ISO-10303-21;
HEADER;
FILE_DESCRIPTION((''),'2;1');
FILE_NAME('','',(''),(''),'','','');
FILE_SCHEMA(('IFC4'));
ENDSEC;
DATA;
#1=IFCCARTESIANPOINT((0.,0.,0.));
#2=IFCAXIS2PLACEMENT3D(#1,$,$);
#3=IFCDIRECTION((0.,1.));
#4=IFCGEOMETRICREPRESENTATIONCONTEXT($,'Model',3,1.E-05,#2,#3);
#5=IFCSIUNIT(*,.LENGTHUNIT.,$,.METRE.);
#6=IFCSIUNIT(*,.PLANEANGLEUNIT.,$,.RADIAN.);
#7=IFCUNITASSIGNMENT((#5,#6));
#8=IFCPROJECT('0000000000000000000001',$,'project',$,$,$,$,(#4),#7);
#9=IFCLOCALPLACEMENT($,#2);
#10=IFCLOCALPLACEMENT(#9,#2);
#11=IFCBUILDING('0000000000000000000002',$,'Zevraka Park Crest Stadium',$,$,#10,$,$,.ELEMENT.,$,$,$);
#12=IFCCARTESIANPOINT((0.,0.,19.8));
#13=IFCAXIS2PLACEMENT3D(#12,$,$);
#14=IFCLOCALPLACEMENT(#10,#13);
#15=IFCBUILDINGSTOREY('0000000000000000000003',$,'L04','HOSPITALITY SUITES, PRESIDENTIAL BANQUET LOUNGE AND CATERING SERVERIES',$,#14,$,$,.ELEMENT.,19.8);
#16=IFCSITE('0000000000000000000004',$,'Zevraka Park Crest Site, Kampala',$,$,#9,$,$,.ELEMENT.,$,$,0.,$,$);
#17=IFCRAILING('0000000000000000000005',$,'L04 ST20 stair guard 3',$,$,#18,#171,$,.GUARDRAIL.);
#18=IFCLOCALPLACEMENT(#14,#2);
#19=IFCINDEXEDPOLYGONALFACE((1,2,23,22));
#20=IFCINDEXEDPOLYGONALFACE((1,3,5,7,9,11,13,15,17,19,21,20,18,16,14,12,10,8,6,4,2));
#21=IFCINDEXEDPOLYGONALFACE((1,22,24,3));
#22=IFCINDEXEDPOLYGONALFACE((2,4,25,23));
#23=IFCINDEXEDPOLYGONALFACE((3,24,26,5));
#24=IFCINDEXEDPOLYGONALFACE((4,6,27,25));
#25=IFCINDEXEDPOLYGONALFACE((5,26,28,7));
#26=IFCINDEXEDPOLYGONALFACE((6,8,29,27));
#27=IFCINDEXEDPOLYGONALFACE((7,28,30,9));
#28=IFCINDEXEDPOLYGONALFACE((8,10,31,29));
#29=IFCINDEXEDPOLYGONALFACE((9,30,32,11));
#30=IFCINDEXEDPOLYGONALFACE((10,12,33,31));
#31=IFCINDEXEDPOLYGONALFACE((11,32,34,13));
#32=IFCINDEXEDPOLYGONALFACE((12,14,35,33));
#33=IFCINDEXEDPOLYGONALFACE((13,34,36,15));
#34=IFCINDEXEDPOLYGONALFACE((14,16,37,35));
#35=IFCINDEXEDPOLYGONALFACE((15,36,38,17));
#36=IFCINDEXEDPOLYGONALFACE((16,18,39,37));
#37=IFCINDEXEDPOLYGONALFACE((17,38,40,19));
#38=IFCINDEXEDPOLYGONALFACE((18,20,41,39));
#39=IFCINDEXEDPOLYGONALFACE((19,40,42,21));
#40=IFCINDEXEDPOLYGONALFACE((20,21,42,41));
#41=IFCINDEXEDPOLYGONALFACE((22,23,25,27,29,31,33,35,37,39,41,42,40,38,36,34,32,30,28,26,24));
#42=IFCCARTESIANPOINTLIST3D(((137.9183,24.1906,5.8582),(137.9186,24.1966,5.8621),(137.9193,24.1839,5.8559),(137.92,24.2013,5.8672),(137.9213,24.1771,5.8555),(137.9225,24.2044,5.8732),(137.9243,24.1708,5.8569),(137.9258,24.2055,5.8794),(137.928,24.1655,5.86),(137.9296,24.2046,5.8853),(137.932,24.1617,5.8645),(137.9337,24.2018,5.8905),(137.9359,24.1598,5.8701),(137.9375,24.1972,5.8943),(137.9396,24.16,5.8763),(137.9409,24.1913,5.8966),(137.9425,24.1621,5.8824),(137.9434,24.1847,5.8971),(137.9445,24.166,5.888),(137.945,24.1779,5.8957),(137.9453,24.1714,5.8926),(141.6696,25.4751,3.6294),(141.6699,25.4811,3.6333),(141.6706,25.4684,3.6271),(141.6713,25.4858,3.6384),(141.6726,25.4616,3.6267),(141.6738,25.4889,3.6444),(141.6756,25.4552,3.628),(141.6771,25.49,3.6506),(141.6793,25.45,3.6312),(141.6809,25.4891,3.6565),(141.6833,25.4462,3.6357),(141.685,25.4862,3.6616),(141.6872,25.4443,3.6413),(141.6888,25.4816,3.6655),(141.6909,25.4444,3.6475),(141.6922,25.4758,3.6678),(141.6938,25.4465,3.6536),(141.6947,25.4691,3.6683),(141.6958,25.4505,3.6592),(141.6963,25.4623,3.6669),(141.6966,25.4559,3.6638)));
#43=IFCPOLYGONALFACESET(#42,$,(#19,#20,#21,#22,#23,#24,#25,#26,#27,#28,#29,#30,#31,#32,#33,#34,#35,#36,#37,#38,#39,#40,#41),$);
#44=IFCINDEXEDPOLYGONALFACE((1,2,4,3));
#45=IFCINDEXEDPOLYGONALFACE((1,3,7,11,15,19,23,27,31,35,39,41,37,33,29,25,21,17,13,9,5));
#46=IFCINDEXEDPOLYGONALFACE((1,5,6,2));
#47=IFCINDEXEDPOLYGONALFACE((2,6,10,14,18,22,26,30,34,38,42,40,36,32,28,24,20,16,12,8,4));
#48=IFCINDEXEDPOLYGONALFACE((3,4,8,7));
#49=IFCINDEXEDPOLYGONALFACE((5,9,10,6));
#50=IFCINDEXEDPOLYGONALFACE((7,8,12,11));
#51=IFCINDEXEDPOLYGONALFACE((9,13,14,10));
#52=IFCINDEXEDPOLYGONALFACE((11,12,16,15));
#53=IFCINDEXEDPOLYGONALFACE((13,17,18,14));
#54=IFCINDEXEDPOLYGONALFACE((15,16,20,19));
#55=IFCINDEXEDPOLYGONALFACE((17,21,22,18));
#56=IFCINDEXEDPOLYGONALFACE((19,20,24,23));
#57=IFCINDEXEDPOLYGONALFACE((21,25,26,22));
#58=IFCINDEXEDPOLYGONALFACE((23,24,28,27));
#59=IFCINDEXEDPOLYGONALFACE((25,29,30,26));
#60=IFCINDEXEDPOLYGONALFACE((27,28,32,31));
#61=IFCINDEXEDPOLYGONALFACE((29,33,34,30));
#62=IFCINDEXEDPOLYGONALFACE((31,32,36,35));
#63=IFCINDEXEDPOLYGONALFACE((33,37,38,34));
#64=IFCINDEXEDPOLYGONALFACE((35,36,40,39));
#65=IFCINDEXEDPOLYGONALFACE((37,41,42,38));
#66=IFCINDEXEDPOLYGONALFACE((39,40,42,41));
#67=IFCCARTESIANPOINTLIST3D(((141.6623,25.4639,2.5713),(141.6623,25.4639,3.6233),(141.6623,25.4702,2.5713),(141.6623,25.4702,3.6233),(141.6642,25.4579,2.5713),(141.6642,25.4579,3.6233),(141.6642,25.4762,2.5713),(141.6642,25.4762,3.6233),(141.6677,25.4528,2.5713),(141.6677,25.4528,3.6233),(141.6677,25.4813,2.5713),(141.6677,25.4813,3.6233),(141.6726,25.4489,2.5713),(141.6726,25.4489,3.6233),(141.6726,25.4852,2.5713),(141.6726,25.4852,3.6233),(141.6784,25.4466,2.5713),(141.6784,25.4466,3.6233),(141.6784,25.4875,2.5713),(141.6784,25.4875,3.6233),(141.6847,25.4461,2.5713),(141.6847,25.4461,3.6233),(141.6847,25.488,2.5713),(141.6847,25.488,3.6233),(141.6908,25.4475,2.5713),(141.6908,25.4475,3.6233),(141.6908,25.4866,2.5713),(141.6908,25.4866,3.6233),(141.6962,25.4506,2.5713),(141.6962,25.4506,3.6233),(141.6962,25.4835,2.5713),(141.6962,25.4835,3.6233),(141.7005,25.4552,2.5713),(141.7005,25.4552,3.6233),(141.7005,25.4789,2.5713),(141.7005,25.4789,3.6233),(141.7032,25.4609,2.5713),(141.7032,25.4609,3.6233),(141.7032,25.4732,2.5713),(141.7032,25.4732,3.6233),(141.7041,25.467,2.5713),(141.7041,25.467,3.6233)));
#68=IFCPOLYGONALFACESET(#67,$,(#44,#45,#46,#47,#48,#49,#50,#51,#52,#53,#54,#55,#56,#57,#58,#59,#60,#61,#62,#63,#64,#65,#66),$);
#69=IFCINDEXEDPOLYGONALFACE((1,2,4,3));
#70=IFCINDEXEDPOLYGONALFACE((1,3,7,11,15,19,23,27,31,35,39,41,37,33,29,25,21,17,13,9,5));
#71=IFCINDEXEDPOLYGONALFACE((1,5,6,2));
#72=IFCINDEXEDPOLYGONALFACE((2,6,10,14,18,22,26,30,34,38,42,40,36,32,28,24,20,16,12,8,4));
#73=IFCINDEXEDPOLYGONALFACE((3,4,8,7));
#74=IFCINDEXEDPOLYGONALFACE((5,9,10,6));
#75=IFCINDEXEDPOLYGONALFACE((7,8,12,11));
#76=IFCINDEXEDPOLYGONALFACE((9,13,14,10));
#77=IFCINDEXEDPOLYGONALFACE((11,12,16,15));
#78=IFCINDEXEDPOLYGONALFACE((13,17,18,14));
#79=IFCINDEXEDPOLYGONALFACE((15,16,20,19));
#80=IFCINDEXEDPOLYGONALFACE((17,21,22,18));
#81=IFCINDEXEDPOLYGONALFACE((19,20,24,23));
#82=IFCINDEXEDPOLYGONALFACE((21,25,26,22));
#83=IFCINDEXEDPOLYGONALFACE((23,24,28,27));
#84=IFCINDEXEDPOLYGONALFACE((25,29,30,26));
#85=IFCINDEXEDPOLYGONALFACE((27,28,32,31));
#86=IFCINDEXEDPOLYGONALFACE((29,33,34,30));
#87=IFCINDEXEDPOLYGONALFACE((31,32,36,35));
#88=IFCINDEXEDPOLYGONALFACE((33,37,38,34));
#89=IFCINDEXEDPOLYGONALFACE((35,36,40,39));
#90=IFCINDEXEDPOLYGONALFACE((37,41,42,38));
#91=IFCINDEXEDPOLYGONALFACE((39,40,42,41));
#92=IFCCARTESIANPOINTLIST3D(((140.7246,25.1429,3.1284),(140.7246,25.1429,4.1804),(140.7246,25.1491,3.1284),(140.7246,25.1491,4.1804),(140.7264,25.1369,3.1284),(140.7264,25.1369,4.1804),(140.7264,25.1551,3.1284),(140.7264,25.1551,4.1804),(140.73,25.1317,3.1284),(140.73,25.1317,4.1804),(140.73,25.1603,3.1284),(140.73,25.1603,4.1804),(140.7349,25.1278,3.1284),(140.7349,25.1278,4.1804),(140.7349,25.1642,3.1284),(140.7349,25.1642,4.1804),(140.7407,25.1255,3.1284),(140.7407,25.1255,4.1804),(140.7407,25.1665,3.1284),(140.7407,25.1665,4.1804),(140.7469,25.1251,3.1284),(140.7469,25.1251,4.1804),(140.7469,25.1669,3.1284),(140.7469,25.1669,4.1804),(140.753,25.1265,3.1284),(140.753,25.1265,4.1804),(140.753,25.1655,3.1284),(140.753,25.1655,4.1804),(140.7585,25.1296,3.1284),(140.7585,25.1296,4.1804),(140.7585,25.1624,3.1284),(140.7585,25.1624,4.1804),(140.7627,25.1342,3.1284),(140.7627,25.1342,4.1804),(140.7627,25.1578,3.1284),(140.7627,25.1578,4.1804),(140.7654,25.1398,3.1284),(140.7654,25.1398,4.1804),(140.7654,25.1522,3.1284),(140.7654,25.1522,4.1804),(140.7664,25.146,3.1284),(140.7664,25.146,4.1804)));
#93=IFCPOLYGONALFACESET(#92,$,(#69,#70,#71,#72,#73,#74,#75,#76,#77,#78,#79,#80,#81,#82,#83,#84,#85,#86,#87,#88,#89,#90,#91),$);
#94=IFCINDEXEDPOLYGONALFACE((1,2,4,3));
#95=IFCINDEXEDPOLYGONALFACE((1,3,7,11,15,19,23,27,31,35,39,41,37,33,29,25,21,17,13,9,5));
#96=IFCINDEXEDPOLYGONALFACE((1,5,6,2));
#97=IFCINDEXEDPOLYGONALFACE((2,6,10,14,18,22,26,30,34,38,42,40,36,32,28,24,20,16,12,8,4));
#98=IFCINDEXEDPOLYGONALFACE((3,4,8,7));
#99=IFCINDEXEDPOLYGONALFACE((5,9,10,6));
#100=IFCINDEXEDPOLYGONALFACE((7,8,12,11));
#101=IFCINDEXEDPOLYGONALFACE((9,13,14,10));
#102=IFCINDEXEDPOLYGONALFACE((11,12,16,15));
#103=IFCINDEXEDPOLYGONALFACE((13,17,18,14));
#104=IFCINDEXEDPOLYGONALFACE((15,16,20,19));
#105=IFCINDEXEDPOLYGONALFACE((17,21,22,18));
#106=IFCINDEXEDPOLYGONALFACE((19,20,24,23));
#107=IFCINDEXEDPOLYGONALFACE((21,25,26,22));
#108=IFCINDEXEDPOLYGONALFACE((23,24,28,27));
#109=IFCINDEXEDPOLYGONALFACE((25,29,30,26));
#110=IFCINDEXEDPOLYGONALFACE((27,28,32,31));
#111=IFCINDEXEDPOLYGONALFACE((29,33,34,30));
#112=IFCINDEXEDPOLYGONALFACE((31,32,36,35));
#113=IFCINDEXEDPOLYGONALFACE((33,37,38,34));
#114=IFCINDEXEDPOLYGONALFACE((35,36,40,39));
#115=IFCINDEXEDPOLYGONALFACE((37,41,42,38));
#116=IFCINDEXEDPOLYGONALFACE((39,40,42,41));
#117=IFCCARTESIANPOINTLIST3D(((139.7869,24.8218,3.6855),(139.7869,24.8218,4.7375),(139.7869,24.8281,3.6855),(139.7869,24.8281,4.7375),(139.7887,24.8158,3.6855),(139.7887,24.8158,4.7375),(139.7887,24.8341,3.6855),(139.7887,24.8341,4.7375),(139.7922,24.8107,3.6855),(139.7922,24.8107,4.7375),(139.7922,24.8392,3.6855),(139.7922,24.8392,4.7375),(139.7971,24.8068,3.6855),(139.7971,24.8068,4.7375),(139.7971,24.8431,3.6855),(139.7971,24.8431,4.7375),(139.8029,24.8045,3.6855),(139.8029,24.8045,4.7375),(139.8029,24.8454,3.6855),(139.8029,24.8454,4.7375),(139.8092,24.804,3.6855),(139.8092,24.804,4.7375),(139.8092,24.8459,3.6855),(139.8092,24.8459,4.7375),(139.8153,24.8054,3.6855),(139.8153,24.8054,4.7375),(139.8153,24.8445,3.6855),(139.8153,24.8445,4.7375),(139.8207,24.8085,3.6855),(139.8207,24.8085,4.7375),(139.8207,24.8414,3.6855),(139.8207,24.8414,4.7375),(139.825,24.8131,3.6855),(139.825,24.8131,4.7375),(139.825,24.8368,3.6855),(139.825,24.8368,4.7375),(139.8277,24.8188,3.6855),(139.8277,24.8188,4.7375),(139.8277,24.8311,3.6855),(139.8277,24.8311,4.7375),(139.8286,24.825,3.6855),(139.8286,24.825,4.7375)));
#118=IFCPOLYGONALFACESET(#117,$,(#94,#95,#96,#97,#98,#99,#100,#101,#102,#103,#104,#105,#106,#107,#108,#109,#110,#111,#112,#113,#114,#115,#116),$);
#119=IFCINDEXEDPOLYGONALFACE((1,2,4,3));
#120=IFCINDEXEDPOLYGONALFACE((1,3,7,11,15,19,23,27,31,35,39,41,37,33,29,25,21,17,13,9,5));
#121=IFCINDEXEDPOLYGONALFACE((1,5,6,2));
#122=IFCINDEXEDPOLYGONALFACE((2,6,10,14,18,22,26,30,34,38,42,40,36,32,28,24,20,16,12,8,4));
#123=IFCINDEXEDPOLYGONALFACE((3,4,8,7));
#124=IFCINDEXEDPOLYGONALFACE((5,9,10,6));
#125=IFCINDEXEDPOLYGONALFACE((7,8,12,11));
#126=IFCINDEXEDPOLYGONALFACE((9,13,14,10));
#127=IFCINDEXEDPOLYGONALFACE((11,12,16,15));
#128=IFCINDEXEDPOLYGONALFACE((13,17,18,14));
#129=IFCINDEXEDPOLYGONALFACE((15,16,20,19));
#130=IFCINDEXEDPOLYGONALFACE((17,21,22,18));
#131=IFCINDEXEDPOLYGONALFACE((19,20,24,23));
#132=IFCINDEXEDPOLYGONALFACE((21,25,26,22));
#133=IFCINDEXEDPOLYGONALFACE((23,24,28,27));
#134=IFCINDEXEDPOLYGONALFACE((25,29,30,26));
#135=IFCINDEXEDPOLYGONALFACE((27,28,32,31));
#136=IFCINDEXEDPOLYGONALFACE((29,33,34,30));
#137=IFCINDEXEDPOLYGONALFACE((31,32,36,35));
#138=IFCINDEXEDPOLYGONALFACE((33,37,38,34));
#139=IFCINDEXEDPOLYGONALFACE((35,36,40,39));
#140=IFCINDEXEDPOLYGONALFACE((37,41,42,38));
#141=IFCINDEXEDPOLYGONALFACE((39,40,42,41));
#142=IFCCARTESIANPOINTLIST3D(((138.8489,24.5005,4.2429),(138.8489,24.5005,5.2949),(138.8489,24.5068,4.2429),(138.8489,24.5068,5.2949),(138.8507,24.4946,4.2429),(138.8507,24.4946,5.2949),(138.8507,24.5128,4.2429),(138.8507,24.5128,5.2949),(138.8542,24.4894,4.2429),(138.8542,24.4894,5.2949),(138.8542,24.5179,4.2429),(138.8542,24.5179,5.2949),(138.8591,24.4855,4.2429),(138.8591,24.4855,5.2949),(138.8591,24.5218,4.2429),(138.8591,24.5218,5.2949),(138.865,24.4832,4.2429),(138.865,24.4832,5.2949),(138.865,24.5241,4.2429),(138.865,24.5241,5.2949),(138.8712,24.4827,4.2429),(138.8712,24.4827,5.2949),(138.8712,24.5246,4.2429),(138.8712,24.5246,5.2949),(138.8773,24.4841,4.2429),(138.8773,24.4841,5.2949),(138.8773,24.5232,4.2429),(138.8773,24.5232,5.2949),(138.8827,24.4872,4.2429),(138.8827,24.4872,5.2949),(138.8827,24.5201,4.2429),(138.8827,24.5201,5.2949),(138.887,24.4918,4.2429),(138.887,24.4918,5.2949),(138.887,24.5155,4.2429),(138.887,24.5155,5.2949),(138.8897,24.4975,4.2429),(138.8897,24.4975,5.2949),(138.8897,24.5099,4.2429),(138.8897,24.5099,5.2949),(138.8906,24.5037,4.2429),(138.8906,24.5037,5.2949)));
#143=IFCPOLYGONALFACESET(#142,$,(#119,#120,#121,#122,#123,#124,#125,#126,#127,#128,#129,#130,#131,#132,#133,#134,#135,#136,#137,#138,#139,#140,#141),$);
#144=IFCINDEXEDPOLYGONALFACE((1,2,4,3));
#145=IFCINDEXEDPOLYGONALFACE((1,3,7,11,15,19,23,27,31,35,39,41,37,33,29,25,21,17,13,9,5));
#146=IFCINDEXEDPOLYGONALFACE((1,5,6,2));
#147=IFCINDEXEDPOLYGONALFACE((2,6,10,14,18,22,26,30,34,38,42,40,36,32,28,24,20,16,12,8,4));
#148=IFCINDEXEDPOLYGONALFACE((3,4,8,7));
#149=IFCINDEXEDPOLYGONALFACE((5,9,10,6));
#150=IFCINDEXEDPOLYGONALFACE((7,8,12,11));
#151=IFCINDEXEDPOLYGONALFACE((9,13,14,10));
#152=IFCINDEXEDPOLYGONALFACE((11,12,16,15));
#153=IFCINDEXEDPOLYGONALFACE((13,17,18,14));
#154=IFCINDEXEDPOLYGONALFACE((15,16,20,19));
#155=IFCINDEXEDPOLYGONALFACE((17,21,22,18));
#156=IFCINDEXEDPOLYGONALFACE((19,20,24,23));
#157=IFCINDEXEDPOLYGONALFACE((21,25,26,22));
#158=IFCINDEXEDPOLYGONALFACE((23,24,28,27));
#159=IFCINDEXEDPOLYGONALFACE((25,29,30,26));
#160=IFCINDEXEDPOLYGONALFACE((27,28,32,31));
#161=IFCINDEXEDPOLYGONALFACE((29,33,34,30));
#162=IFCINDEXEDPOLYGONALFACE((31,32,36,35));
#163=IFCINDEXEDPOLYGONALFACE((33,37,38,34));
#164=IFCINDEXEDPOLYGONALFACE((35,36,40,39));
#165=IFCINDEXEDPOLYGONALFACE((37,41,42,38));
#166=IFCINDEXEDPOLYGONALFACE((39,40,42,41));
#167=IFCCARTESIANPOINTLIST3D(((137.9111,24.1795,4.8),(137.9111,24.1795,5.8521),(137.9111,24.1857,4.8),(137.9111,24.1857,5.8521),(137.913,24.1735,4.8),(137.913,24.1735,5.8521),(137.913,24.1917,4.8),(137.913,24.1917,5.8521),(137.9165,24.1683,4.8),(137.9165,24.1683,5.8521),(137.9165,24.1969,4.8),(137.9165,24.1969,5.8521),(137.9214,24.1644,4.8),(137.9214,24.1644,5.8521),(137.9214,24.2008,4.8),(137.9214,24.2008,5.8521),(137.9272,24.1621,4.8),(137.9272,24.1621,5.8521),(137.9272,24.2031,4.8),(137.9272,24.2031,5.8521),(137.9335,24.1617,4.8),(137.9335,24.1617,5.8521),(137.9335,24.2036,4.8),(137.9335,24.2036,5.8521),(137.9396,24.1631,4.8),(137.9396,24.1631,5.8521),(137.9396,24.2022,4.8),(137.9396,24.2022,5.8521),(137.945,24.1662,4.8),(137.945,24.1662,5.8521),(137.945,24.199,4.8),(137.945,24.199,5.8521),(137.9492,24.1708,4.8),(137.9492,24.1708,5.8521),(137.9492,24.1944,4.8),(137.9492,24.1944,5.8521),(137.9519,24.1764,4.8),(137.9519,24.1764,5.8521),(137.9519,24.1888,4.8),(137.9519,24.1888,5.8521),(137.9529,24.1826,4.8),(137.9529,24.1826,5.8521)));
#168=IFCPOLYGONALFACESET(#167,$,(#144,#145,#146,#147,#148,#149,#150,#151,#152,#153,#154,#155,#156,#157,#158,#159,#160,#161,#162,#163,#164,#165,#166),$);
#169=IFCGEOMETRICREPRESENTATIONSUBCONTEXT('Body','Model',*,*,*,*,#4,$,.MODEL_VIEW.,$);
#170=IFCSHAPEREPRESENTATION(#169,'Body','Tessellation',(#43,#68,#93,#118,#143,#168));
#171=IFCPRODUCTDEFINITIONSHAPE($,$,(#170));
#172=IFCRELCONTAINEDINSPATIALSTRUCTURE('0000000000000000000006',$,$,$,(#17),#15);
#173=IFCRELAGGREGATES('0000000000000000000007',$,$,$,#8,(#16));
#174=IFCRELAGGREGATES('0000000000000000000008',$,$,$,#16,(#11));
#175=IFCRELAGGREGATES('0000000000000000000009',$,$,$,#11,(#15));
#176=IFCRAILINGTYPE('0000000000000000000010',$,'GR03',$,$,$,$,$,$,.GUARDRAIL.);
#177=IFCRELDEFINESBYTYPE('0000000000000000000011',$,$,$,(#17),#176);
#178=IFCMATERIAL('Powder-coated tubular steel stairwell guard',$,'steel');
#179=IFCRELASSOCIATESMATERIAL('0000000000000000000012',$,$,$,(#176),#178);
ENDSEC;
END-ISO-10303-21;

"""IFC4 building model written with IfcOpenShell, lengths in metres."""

from ifc_helpers import new_model, si_unit, direction, frame, origin, origin_2d, place, context, subcontext, project, spatial, circle, extrude, material, type_object, element, save


model = new_model("IFC4")

# Units and contexts
model_context = context("Model", 3, precision=1e-05, world=origin(), true_north=direction((0.0, 1.0)))
body_context = subcontext(model_context, "Body", "Model", "MODEL_VIEW")
ifc_project = project(units=[si_unit("LENGTHUNIT", "METRE"), si_unit("PLANEANGLEUNIT", "RADIAN")], contexts=[model_context])

# Site, building, storey
site_placement = place(None, origin())
site = spatial("IfcSite", under=ifc_project, at=site_placement, Name="Zevraka Park Crest Site, Kampala", CompositionType="ELEMENT", RefElevation=0.0)
building_placement = place(site_placement, origin())
building = spatial("IfcBuilding", under=site, at=building_placement, Name="Zevraka Park Crest Stadium", CompositionType="ELEMENT")
storey_placement = place(building_placement, frame((0.0, 0.0, 19.8)))
storey = spatial("IfcBuildingStorey", under=building, at=storey_placement, Name="L04", Description="HOSPITALITY SUITES, PRESIDENTIAL BANQUET LOUNGE AND CATERING SERVERIES", CompositionType="ELEMENT", Elevation=19.8)

# Railing
ifc_material_1 = material(Name="Powder-coated tubular steel stairwell guard", Category="steel")
railing_type_1 = type_object("IfcRailingType", Name="GR03", PredefinedType="GUARDRAIL", material=ifc_material_1)
railing_1_placement = place(storey_placement, frame((141.6831, 25.467, 2.5713)))
element("IfcRailing", 1, at=railing_1_placement, inside=storey, type_object=railing_type_1, Name="L04 ST20 stair guard 3", PredefinedType="GUARDRAIL", context=body_context, shape_type="SweptSolid", body=[
    extrude(circle(Radius=0.0239, at=origin_2d()), frame((0.0, 0.0, 1.0762), z_axis=(-0.824718, -0.282385, 0.49), x_axis=(0.323939, -0.946078, 0.0)), (0.0, 0.0, 1.0), 4.5486),
    extrude(circle(Radius=0.021, at=origin_2d()), origin(), (0.0, 0.0, 1.0), 1.052),
    extrude(circle(Radius=0.021, at=origin_2d()), frame((-0.9377, -0.321, 0.5571)), (0.0, 0.0, 1.0), 1.052),
    extrude(circle(Radius=0.021, at=origin_2d()), frame((-1.8755, -0.6421, 1.1143)), (0.0, 0.0, 1.0), 1.052),
    extrude(circle(Radius=0.021, at=origin_2d()), frame((-2.8135, -0.9634, 1.6716)), (0.0, 0.0, 1.0), 1.052),
    extrude(circle(Radius=0.021, at=origin_2d()), frame((-3.7512, -1.2844, 2.2288)), (0.0, 0.0, 1.0), 1.052),
])

save(model, "model.ifc")
